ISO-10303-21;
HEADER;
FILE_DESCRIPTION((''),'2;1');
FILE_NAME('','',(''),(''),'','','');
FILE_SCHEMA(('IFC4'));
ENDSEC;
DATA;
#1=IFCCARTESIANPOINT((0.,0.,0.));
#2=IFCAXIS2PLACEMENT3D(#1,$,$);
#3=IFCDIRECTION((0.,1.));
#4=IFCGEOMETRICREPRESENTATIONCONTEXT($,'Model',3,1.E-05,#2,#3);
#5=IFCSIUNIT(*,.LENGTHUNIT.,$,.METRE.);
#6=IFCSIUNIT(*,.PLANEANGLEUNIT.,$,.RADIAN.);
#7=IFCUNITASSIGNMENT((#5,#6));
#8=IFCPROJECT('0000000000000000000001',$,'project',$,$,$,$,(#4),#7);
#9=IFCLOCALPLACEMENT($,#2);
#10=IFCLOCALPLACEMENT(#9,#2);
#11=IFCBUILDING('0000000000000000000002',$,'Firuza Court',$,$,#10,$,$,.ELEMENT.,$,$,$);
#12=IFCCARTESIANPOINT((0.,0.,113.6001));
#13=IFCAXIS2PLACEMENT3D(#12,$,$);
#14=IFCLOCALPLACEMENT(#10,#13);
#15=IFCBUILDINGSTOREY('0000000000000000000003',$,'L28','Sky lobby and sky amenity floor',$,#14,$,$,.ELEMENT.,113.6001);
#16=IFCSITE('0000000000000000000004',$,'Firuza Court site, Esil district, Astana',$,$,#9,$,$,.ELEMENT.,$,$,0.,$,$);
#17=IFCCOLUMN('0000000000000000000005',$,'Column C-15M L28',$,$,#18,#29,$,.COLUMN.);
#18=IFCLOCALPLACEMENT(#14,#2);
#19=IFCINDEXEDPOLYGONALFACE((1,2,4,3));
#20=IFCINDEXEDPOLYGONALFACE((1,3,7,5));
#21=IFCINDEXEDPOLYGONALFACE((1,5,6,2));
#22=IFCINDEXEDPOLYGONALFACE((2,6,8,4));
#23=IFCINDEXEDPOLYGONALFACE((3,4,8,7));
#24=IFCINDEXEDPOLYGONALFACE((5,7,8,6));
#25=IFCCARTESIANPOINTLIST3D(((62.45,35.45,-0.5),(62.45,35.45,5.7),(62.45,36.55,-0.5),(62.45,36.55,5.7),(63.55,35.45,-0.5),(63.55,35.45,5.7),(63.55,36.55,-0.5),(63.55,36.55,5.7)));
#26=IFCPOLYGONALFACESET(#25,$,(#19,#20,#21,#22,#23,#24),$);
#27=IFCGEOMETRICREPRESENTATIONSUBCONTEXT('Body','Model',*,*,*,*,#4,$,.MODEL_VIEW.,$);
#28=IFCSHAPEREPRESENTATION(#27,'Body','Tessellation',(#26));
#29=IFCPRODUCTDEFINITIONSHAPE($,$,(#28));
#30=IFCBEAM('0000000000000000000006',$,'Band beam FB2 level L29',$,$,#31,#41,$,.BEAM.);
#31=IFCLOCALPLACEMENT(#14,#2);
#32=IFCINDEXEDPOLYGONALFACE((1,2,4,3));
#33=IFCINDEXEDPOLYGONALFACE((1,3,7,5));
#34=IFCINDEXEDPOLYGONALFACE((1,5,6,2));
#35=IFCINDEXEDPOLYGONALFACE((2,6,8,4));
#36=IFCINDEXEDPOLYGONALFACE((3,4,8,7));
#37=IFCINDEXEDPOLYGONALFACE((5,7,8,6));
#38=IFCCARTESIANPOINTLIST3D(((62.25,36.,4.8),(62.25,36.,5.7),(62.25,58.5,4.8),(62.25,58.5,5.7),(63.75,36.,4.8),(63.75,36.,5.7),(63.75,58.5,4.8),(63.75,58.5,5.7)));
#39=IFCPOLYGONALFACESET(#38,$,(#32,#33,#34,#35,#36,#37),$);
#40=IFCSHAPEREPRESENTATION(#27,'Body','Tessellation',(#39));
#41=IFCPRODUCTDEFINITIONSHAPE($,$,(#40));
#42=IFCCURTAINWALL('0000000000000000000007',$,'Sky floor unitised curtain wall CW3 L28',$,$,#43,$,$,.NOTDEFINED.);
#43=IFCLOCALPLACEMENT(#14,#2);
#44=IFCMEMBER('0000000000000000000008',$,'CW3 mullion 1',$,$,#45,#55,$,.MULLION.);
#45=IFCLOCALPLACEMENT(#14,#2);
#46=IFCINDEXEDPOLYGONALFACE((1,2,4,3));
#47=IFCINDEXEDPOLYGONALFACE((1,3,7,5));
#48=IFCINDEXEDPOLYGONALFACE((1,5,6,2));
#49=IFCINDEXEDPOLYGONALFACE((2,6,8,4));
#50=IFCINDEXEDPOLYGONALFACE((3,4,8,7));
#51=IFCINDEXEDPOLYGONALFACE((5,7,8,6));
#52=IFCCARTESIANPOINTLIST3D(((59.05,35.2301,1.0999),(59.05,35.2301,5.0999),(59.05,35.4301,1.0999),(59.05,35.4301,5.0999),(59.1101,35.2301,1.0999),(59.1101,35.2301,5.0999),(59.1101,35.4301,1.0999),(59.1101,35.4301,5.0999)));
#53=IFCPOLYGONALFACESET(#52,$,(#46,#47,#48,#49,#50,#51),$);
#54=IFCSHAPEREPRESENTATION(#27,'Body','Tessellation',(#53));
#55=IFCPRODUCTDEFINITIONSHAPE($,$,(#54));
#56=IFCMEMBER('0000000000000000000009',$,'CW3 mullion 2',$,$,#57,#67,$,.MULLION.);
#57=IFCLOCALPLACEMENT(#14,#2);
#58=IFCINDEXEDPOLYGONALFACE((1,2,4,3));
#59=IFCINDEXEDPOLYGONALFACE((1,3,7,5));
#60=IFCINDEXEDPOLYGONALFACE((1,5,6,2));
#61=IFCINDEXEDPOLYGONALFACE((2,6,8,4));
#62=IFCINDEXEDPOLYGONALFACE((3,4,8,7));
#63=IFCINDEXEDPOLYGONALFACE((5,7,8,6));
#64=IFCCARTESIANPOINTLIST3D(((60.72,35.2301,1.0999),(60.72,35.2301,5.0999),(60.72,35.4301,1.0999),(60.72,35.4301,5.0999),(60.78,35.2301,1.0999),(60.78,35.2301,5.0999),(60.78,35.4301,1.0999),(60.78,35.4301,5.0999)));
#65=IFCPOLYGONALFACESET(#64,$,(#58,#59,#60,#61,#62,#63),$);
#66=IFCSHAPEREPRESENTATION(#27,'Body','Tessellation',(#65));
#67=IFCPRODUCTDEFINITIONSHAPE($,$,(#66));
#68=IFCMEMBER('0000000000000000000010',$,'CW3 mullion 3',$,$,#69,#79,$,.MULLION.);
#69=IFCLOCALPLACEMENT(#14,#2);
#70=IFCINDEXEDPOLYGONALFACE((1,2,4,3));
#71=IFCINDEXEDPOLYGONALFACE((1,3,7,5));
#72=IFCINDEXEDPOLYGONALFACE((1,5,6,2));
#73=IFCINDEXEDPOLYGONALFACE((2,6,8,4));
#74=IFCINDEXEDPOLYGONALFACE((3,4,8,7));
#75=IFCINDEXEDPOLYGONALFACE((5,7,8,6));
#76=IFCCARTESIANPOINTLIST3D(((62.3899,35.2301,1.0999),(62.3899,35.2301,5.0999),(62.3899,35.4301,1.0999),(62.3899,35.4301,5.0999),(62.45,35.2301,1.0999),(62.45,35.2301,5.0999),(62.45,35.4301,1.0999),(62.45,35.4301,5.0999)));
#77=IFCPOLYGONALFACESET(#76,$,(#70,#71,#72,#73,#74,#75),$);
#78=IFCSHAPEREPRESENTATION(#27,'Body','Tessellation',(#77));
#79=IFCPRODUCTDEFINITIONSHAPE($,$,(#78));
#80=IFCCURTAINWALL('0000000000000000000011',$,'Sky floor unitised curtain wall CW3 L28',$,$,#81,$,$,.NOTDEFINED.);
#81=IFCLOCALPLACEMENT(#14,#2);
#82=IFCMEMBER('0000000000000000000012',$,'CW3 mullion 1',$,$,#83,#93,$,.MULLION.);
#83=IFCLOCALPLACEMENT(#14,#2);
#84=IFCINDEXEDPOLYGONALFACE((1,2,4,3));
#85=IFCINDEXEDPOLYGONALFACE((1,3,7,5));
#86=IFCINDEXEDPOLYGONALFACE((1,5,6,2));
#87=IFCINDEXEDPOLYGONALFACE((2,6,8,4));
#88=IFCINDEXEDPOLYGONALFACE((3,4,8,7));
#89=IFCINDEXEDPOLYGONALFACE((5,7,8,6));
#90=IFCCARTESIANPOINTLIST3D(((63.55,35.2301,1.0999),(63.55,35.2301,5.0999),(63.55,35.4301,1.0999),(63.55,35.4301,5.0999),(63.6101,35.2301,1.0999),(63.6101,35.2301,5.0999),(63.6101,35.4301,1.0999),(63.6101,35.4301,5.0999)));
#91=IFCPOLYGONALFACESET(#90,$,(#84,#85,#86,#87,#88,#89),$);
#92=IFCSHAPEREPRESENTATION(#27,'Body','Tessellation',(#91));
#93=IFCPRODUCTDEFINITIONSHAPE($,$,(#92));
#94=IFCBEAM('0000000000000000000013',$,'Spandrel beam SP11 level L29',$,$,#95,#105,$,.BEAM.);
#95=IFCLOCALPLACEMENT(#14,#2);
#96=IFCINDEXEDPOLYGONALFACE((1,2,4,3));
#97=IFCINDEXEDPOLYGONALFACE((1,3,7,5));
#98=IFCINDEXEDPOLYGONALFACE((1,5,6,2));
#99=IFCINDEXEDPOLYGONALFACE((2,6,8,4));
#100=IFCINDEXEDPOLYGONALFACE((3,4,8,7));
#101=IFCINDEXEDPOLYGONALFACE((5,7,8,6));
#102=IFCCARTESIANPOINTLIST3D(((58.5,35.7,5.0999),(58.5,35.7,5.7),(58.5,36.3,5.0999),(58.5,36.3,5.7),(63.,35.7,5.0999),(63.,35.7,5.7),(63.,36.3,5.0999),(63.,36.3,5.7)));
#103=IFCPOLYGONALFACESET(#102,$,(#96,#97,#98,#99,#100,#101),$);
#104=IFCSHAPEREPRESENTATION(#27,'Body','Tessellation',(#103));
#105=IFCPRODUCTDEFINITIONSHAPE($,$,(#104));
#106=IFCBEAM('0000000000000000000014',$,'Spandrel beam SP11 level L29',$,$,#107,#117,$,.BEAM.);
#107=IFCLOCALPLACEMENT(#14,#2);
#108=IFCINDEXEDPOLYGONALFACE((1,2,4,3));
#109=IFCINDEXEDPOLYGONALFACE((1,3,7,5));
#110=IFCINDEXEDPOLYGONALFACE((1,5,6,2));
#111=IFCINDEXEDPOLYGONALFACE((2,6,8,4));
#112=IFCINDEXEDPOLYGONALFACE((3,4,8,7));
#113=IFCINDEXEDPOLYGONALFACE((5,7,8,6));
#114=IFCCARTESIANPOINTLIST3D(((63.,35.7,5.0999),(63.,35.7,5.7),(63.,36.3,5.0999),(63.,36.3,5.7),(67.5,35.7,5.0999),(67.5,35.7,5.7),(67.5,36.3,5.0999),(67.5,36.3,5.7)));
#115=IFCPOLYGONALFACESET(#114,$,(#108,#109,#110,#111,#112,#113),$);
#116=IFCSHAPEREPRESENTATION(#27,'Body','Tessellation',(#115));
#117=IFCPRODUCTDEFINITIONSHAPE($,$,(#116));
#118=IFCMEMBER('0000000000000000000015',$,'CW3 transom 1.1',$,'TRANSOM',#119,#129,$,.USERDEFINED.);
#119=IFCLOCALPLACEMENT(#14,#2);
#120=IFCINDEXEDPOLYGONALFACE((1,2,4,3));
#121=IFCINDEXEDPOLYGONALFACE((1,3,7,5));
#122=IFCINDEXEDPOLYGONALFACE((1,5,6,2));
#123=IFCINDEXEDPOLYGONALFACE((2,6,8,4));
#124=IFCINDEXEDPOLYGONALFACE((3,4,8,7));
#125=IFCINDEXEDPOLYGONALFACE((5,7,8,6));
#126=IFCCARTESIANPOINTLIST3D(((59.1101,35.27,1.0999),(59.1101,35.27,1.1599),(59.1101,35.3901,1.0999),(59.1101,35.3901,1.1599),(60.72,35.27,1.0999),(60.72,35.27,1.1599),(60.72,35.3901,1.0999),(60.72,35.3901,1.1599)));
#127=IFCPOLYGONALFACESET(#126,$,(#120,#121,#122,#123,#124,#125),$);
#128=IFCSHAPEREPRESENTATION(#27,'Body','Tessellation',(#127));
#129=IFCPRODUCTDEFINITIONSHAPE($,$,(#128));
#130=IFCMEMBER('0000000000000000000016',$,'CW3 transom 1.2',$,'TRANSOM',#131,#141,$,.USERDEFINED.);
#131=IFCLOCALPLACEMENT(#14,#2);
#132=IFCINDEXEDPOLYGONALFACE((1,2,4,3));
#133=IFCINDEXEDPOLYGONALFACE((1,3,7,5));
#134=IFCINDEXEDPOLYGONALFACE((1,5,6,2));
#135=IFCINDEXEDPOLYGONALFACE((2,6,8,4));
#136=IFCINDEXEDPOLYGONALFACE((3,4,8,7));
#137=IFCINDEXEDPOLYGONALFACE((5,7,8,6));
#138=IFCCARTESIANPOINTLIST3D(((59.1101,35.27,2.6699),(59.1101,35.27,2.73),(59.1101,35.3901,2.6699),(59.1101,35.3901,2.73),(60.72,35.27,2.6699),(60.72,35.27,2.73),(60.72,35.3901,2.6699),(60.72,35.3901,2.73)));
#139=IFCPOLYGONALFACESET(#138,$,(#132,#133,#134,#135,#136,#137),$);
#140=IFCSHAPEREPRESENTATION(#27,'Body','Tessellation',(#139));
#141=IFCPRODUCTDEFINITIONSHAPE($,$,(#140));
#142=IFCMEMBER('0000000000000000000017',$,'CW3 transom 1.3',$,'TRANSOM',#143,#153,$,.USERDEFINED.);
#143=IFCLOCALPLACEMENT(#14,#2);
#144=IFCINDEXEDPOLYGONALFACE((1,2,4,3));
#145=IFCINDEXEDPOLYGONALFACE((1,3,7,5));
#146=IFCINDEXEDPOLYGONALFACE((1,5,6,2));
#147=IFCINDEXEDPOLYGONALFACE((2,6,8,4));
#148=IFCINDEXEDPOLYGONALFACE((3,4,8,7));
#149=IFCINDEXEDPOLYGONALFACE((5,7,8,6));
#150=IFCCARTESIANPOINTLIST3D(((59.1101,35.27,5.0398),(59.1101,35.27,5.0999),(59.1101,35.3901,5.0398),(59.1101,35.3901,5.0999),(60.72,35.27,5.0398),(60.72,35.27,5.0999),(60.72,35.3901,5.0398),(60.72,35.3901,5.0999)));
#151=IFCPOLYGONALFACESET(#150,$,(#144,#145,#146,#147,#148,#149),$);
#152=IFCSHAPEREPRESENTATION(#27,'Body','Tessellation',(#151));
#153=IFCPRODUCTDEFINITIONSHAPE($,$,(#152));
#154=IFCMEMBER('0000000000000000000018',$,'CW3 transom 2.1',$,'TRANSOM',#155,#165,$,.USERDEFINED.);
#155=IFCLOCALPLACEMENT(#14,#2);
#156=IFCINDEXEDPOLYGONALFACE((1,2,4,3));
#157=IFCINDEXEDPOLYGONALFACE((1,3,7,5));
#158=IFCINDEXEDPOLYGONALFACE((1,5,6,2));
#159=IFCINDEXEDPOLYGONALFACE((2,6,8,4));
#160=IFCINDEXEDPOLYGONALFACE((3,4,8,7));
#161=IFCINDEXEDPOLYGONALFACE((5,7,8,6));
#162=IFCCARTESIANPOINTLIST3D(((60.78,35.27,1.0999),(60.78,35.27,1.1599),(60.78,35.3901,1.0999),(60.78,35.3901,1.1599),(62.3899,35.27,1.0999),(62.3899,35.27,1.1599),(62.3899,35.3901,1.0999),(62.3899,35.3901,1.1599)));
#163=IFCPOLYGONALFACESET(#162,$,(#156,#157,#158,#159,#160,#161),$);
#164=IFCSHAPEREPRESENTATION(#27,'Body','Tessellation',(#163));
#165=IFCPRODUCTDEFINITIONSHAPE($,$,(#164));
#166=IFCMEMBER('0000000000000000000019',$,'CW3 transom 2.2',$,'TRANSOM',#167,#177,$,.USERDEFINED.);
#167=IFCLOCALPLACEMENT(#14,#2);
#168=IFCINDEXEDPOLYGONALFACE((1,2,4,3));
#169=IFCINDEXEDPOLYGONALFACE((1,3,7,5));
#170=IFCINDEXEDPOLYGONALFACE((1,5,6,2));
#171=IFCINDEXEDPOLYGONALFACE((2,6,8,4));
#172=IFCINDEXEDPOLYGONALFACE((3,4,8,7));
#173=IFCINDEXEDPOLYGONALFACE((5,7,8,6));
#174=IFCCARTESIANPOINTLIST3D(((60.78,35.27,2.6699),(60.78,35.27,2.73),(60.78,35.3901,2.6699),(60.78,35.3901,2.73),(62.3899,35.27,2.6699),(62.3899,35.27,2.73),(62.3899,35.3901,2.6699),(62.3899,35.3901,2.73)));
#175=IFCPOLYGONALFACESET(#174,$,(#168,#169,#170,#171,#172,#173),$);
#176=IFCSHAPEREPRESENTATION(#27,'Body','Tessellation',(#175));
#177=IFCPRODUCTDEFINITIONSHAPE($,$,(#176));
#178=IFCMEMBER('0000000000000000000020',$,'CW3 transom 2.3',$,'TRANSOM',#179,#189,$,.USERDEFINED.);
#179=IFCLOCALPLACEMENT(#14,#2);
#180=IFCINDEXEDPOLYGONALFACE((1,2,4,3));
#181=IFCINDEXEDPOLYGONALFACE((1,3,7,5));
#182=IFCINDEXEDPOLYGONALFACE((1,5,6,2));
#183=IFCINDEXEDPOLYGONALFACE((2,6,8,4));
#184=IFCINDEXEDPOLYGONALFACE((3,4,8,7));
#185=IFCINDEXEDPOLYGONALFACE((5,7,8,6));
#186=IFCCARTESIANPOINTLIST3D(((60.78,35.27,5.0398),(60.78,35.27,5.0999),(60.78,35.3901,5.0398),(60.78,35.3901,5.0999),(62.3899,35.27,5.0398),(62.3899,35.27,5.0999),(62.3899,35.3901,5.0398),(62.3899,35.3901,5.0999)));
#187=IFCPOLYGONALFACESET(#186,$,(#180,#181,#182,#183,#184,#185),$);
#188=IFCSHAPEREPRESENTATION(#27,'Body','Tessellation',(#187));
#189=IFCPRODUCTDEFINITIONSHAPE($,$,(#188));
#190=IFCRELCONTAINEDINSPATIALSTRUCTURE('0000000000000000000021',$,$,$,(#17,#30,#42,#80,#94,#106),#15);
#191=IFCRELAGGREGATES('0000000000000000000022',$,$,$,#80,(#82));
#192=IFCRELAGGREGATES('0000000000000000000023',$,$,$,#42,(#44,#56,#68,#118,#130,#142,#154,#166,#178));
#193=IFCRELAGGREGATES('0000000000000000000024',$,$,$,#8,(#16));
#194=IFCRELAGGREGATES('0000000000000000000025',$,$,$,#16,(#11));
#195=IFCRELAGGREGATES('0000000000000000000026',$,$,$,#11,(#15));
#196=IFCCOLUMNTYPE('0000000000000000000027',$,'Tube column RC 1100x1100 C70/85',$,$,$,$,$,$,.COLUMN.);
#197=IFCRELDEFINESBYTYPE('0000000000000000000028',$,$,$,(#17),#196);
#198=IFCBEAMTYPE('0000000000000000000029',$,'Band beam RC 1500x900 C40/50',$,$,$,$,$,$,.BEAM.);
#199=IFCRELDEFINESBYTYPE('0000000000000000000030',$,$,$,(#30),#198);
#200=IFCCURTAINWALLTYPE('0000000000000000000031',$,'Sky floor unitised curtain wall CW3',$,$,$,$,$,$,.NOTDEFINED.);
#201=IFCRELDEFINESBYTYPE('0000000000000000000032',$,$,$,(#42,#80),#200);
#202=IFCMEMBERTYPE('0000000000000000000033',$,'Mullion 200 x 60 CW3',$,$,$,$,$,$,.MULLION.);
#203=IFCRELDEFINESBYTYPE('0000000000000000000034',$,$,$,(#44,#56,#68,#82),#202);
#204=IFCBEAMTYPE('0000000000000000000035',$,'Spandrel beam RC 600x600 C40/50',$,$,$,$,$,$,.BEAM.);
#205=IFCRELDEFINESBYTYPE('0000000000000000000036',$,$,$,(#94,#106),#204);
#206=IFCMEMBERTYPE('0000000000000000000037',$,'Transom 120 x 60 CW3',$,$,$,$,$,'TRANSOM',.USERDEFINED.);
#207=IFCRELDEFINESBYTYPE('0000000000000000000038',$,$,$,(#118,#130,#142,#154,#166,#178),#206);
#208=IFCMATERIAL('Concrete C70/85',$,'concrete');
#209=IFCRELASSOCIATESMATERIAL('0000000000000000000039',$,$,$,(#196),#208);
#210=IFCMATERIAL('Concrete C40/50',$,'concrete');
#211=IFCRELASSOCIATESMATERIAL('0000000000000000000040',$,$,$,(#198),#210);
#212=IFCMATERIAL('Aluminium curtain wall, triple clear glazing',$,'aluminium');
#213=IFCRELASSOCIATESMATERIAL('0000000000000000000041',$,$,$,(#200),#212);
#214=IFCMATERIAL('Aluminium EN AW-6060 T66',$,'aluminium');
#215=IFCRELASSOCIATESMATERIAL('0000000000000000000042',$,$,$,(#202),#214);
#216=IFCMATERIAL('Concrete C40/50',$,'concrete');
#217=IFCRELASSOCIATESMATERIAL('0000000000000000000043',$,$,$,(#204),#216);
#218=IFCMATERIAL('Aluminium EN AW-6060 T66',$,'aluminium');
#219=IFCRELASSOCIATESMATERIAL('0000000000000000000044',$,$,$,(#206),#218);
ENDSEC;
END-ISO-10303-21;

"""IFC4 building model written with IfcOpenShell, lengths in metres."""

from ifc_helpers import new_model, si_unit, direction, frame, origin, origin_2d, place, context, subcontext, project, spatial, rectangle, extrude, material, material_profile, profile_set, type_object, element, aggregate, save


model = new_model("IFC4")

# Units and contexts
model_context = context("Model", 3, precision=1e-05, world=origin(), true_north=direction((0.0, 1.0)))
body_context = subcontext(model_context, "Body", "Model", "MODEL_VIEW")
ifc_project = project(units=[si_unit("LENGTHUNIT", "METRE"), si_unit("PLANEANGLEUNIT", "RADIAN")], contexts=[model_context])

# Site, building, storey
site_placement = place(None, origin())
site = spatial("IfcSite", under=ifc_project, at=site_placement, Name="Firuza Court site, Esil district, Astana", CompositionType="ELEMENT", RefElevation=0.0)
building_placement = place(site_placement, origin())
building = spatial("IfcBuilding", under=site, at=building_placement, Name="Firuza Court", CompositionType="ELEMENT")
storey_placement = place(building_placement, frame((0.0, 0.0, 113.6001)))
storey = spatial("IfcBuildingStorey", under=building, at=storey_placement, Name="L28", Description="Sky lobby and sky amenity floor", CompositionType="ELEMENT", Elevation=113.6001)

# Column
ifc_material_1 = material(Name="Concrete C70/85", Category="concrete")
ifc_material_profile_1 = material_profile(ifc_material_1, rectangle(XDim=1.1001, YDim=1.1001, at=origin_2d()), Name="RC 1100x1100")
ifc_profile_set_1 = profile_set([ifc_material_profile_1], Name="Concrete C70/85")
column_type = type_object("IfcColumnType", Name="Tube column RC 1100x1100 C70/85", PredefinedType="COLUMN", material=ifc_profile_set_1)
column_placement = place(storey_placement, frame((63.0, 36.0, -0.5), z_axis=(0.0, 0.0, 1.0), x_axis=(1.0, 0.0, 0.0)))
element("IfcColumn", 1, at=column_placement, inside=storey, type_object=column_type, Name="Column C-15M L28", PredefinedType="COLUMN", context=body_context, shape_type="SweptSolid", body=[
    extrude(rectangle(XDim=1.1001, YDim=1.1001, at=origin_2d()), origin(), (0.0, 0.0, 1.0), 6.2),
])

# Beam
ifc_material_2 = material(Name="Concrete C40/50", Category="concrete")
ifc_material_profile_2 = material_profile(ifc_material_2, rectangle(XDim=1.5, YDim=0.8999, at=origin_2d()), Name="RC 1500x900")
ifc_profile_set_2 = profile_set([ifc_material_profile_2], Name="Concrete C40/50")
beam_type_1 = type_object("IfcBeamType", Name="Band beam RC 1500x900 C40/50", PredefinedType="BEAM", material=ifc_profile_set_2)
beam_placement = place(storey_placement, frame((63.0, 36.0, 5.25), z_axis=(0.0, 1.0, 0.0), x_axis=(-1.0, 0.0, 0.0)))
element("IfcBeam", 2, at=beam_placement, inside=storey, type_object=beam_type_1, Name="Band beam FB2 level L29", PredefinedType="BEAM", context=body_context, shape_type="SweptSolid", body=[
    extrude(rectangle(XDim=1.5, YDim=0.8999, at=origin_2d()), origin(), (0.0, 0.0, 1.0), 22.5),
])

# Curtain wall, members
ifc_material_3 = material(Name="Aluminium curtain wall, triple clear glazing", Category="aluminium")
curtain_wall_type = type_object("IfcCurtainWallType", Name="Sky floor unitised curtain wall CW3", PredefinedType="NOTDEFINED", material=ifc_material_3)
curtain_wall_1_placement = place(storey_placement, origin())
curtain_wall_1 = element("IfcCurtainWall", 3, at=curtain_wall_1_placement, inside=storey, type_object=curtain_wall_type, Name="Sky floor unitised curtain wall CW3 L28", PredefinedType="NOTDEFINED")
ifc_material_4 = material(Name="Aluminium EN AW-6060 T66", Category="aluminium")
ifc_material_profile_3 = material_profile(ifc_material_4, rectangle(XDim=0.2, YDim=0.0601, at=origin_2d()), Name="Mullion 200 x 60 CW3")
ifc_profile_set_3 = profile_set([ifc_material_profile_3], Name="Aluminium EN AW-6060 T66")
member_type_1 = type_object("IfcMemberType", Name="Mullion 200 x 60 CW3", PredefinedType="MULLION", material=ifc_profile_set_3)
member_1_placement = place(storey_placement, frame((59.0801, 35.3301, 1.0999), z_axis=(0.0, 0.0, 1.0), x_axis=(0.0, 1.0, 0.0)))
member_1 = element("IfcMember", 4, at=member_1_placement, type_object=member_type_1, Name="CW3 mullion 1", PredefinedType="MULLION", context=body_context, shape_type="SweptSolid", body=[
    extrude(rectangle(XDim=0.2, YDim=0.0601, at=origin_2d()), origin(), (0.0, 0.0, 1.0), 4.0),
])
member_2_placement = place(storey_placement, frame((60.75, 35.3301, 1.0999), z_axis=(0.0, 0.0, 1.0), x_axis=(0.0, 1.0, 0.0)))
member_2 = element("IfcMember", 5, at=member_2_placement, type_object=member_type_1, Name="CW3 mullion 2", PredefinedType="MULLION", context=body_context, shape_type="SweptSolid", body=[
    extrude(rectangle(XDim=0.2, YDim=0.0601, at=origin_2d()), origin(), (0.0, 0.0, 1.0), 4.0),
])
member_3_placement = place(storey_placement, frame((62.4199, 35.3301, 1.0999), z_axis=(0.0, 0.0, 1.0), x_axis=(0.0, 1.0, 0.0)))
member_3 = element("IfcMember", 6, at=member_3_placement, type_object=member_type_1, Name="CW3 mullion 3", PredefinedType="MULLION", context=body_context, shape_type="SweptSolid", body=[
    extrude(rectangle(XDim=0.2, YDim=0.0601, at=origin_2d()), origin(), (0.0, 0.0, 1.0), 4.0),
])

# Curtain wall, member
curtain_wall_2_placement = place(storey_placement, origin())
curtain_wall_2 = element("IfcCurtainWall", 7, at=curtain_wall_2_placement, inside=storey, type_object=curtain_wall_type, Name="Sky floor unitised curtain wall CW3 L28", PredefinedType="NOTDEFINED")
member_4_placement = place(storey_placement, frame((63.5801, 35.3301, 1.0999), z_axis=(0.0, 0.0, 1.0), x_axis=(0.0, 1.0, 0.0)))
member_4 = element("IfcMember", 8, at=member_4_placement, type_object=member_type_1, Name="CW3 mullion 1", PredefinedType="MULLION", context=body_context, shape_type="SweptSolid", body=[
    extrude(rectangle(XDim=0.2, YDim=0.0601, at=origin_2d()), origin(), (0.0, 0.0, 1.0), 4.0),
])

# Beams
ifc_material_5 = material(Name="Concrete C40/50", Category="concrete")
ifc_material_profile_4 = material_profile(ifc_material_5, rectangle(XDim=0.6001, YDim=0.6001, at=origin_2d()), Name="RC 600x600")
ifc_profile_set_4 = profile_set([ifc_material_profile_4], Name="Concrete C40/50")
beam_type_2 = type_object("IfcBeamType", Name="Spandrel beam RC 600x600 C40/50", PredefinedType="BEAM", material=ifc_profile_set_4)
for number, where, z_axis, x_axis, name in (
    (9, (58.5, 36.0, 5.3999), (1.0, 0.0, 0.0), (0.0, 1.0, 0.0), "Spandrel beam SP11 level L29"),
    (10, (63.0, 36.0, 5.3999), (1.0, 0.0, 0.0), (0.0, 1.0, 0.0), "Spandrel beam SP11 level L29"),
):
    element("IfcBeam", number, at=place(storey_placement, frame(where, z_axis=z_axis, x_axis=x_axis)), inside=storey, type_object=beam_type_2, Name=name, PredefinedType="BEAM", context=body_context, shape_type="SweptSolid", body=[
        extrude(rectangle(XDim=0.6001, YDim=0.6001, at=origin_2d()), origin(), (0.0, 0.0, 1.0), 4.5),
    ])

# Members
ifc_material_6 = material(Name="Aluminium EN AW-6060 T66", Category="aluminium")
ifc_material_profile_5 = material_profile(ifc_material_6, rectangle(XDim=0.1201, YDim=0.0601, at=origin_2d()), Name="Transom 120 x 60 CW3")
ifc_profile_set_5 = profile_set([ifc_material_profile_5], Name="Aluminium EN AW-6060 T66")
member_type_2 = type_object("IfcMemberType", Name="Transom 120 x 60 CW3", ElementType="TRANSOM", PredefinedType="USERDEFINED", material=ifc_profile_set_5)
member_5_placement = place(storey_placement, frame((59.1101, 35.3301, 1.1299), z_axis=(1.0, 0.0, 0.0), x_axis=(0.0, 1.0, 0.0)))
member_5 = element("IfcMember", 11, at=member_5_placement, type_object=member_type_2, Name="CW3 transom 1.1", ObjectType="TRANSOM", PredefinedType="USERDEFINED", context=body_context, shape_type="SweptSolid", body=[
    extrude(rectangle(XDim=0.1201, YDim=0.0601, at=origin_2d()), origin(), (0.0, 0.0, 1.0), 1.6099),
])
member_6_placement = place(storey_placement, frame((59.1101, 35.3301, 2.7), z_axis=(1.0, 0.0, 0.0), x_axis=(0.0, 1.0, 0.0)))
member_6 = element("IfcMember", 12, at=member_6_placement, type_object=member_type_2, Name="CW3 transom 1.2", ObjectType="TRANSOM", PredefinedType="USERDEFINED", context=body_context, shape_type="SweptSolid", body=[
    extrude(rectangle(XDim=0.1201, YDim=0.0601, at=origin_2d()), origin(), (0.0, 0.0, 1.0), 1.6099),
])
member_7_placement = place(storey_placement, frame((59.1101, 35.3301, 5.0698), z_axis=(1.0, 0.0, 0.0), x_axis=(0.0, 1.0, 0.0)))
member_7 = element("IfcMember", 13, at=member_7_placement, type_object=member_type_2, Name="CW3 transom 1.3", ObjectType="TRANSOM", PredefinedType="USERDEFINED", context=body_context, shape_type="SweptSolid", body=[
    extrude(rectangle(XDim=0.1201, YDim=0.0601, at=origin_2d()), origin(), (0.0, 0.0, 1.0), 1.6099),
])
member_8_placement = place(storey_placement, frame((60.78, 35.3301, 1.1299), z_axis=(1.0, 0.0, 0.0), x_axis=(0.0, 1.0, 0.0)))
member_8 = element("IfcMember", 14, at=member_8_placement, type_object=member_type_2, Name="CW3 transom 2.1", ObjectType="TRANSOM", PredefinedType="USERDEFINED", context=body_context, shape_type="SweptSolid", body=[
    extrude(rectangle(XDim=0.1201, YDim=0.0601, at=origin_2d()), origin(), (0.0, 0.0, 1.0), 1.6099),
])
member_9_placement = place(storey_placement, frame((60.78, 35.3301, 2.7), z_axis=(1.0, 0.0, 0.0), x_axis=(0.0, 1.0, 0.0)))
member_9 = element("IfcMember", 15, at=member_9_placement, type_object=member_type_2, Name="CW3 transom 2.2", ObjectType="TRANSOM", PredefinedType="USERDEFINED", context=body_context, shape_type="SweptSolid", body=[
    extrude(rectangle(XDim=0.1201, YDim=0.0601, at=origin_2d()), origin(), (0.0, 0.0, 1.0), 1.6099),
])
member_10_placement = place(storey_placement, frame((60.78, 35.3301, 5.0698), z_axis=(1.0, 0.0, 0.0), x_axis=(0.0, 1.0, 0.0)))
member_10 = element("IfcMember", 16, at=member_10_placement, type_object=member_type_2, Name="CW3 transom 2.3", ObjectType="TRANSOM", PredefinedType="USERDEFINED", context=body_context, shape_type="SweptSolid", body=[
    extrude(rectangle(XDim=0.1201, YDim=0.0601, at=origin_2d()), origin(), (0.0, 0.0, 1.0), 1.6099),
])
aggregate(curtain_wall_2, [member_4])

aggregate(curtain_wall_1, [member_1, member_2, member_3, member_5, member_6, member_7, member_8, member_9, member_10])

save(model, "model.ifc")
